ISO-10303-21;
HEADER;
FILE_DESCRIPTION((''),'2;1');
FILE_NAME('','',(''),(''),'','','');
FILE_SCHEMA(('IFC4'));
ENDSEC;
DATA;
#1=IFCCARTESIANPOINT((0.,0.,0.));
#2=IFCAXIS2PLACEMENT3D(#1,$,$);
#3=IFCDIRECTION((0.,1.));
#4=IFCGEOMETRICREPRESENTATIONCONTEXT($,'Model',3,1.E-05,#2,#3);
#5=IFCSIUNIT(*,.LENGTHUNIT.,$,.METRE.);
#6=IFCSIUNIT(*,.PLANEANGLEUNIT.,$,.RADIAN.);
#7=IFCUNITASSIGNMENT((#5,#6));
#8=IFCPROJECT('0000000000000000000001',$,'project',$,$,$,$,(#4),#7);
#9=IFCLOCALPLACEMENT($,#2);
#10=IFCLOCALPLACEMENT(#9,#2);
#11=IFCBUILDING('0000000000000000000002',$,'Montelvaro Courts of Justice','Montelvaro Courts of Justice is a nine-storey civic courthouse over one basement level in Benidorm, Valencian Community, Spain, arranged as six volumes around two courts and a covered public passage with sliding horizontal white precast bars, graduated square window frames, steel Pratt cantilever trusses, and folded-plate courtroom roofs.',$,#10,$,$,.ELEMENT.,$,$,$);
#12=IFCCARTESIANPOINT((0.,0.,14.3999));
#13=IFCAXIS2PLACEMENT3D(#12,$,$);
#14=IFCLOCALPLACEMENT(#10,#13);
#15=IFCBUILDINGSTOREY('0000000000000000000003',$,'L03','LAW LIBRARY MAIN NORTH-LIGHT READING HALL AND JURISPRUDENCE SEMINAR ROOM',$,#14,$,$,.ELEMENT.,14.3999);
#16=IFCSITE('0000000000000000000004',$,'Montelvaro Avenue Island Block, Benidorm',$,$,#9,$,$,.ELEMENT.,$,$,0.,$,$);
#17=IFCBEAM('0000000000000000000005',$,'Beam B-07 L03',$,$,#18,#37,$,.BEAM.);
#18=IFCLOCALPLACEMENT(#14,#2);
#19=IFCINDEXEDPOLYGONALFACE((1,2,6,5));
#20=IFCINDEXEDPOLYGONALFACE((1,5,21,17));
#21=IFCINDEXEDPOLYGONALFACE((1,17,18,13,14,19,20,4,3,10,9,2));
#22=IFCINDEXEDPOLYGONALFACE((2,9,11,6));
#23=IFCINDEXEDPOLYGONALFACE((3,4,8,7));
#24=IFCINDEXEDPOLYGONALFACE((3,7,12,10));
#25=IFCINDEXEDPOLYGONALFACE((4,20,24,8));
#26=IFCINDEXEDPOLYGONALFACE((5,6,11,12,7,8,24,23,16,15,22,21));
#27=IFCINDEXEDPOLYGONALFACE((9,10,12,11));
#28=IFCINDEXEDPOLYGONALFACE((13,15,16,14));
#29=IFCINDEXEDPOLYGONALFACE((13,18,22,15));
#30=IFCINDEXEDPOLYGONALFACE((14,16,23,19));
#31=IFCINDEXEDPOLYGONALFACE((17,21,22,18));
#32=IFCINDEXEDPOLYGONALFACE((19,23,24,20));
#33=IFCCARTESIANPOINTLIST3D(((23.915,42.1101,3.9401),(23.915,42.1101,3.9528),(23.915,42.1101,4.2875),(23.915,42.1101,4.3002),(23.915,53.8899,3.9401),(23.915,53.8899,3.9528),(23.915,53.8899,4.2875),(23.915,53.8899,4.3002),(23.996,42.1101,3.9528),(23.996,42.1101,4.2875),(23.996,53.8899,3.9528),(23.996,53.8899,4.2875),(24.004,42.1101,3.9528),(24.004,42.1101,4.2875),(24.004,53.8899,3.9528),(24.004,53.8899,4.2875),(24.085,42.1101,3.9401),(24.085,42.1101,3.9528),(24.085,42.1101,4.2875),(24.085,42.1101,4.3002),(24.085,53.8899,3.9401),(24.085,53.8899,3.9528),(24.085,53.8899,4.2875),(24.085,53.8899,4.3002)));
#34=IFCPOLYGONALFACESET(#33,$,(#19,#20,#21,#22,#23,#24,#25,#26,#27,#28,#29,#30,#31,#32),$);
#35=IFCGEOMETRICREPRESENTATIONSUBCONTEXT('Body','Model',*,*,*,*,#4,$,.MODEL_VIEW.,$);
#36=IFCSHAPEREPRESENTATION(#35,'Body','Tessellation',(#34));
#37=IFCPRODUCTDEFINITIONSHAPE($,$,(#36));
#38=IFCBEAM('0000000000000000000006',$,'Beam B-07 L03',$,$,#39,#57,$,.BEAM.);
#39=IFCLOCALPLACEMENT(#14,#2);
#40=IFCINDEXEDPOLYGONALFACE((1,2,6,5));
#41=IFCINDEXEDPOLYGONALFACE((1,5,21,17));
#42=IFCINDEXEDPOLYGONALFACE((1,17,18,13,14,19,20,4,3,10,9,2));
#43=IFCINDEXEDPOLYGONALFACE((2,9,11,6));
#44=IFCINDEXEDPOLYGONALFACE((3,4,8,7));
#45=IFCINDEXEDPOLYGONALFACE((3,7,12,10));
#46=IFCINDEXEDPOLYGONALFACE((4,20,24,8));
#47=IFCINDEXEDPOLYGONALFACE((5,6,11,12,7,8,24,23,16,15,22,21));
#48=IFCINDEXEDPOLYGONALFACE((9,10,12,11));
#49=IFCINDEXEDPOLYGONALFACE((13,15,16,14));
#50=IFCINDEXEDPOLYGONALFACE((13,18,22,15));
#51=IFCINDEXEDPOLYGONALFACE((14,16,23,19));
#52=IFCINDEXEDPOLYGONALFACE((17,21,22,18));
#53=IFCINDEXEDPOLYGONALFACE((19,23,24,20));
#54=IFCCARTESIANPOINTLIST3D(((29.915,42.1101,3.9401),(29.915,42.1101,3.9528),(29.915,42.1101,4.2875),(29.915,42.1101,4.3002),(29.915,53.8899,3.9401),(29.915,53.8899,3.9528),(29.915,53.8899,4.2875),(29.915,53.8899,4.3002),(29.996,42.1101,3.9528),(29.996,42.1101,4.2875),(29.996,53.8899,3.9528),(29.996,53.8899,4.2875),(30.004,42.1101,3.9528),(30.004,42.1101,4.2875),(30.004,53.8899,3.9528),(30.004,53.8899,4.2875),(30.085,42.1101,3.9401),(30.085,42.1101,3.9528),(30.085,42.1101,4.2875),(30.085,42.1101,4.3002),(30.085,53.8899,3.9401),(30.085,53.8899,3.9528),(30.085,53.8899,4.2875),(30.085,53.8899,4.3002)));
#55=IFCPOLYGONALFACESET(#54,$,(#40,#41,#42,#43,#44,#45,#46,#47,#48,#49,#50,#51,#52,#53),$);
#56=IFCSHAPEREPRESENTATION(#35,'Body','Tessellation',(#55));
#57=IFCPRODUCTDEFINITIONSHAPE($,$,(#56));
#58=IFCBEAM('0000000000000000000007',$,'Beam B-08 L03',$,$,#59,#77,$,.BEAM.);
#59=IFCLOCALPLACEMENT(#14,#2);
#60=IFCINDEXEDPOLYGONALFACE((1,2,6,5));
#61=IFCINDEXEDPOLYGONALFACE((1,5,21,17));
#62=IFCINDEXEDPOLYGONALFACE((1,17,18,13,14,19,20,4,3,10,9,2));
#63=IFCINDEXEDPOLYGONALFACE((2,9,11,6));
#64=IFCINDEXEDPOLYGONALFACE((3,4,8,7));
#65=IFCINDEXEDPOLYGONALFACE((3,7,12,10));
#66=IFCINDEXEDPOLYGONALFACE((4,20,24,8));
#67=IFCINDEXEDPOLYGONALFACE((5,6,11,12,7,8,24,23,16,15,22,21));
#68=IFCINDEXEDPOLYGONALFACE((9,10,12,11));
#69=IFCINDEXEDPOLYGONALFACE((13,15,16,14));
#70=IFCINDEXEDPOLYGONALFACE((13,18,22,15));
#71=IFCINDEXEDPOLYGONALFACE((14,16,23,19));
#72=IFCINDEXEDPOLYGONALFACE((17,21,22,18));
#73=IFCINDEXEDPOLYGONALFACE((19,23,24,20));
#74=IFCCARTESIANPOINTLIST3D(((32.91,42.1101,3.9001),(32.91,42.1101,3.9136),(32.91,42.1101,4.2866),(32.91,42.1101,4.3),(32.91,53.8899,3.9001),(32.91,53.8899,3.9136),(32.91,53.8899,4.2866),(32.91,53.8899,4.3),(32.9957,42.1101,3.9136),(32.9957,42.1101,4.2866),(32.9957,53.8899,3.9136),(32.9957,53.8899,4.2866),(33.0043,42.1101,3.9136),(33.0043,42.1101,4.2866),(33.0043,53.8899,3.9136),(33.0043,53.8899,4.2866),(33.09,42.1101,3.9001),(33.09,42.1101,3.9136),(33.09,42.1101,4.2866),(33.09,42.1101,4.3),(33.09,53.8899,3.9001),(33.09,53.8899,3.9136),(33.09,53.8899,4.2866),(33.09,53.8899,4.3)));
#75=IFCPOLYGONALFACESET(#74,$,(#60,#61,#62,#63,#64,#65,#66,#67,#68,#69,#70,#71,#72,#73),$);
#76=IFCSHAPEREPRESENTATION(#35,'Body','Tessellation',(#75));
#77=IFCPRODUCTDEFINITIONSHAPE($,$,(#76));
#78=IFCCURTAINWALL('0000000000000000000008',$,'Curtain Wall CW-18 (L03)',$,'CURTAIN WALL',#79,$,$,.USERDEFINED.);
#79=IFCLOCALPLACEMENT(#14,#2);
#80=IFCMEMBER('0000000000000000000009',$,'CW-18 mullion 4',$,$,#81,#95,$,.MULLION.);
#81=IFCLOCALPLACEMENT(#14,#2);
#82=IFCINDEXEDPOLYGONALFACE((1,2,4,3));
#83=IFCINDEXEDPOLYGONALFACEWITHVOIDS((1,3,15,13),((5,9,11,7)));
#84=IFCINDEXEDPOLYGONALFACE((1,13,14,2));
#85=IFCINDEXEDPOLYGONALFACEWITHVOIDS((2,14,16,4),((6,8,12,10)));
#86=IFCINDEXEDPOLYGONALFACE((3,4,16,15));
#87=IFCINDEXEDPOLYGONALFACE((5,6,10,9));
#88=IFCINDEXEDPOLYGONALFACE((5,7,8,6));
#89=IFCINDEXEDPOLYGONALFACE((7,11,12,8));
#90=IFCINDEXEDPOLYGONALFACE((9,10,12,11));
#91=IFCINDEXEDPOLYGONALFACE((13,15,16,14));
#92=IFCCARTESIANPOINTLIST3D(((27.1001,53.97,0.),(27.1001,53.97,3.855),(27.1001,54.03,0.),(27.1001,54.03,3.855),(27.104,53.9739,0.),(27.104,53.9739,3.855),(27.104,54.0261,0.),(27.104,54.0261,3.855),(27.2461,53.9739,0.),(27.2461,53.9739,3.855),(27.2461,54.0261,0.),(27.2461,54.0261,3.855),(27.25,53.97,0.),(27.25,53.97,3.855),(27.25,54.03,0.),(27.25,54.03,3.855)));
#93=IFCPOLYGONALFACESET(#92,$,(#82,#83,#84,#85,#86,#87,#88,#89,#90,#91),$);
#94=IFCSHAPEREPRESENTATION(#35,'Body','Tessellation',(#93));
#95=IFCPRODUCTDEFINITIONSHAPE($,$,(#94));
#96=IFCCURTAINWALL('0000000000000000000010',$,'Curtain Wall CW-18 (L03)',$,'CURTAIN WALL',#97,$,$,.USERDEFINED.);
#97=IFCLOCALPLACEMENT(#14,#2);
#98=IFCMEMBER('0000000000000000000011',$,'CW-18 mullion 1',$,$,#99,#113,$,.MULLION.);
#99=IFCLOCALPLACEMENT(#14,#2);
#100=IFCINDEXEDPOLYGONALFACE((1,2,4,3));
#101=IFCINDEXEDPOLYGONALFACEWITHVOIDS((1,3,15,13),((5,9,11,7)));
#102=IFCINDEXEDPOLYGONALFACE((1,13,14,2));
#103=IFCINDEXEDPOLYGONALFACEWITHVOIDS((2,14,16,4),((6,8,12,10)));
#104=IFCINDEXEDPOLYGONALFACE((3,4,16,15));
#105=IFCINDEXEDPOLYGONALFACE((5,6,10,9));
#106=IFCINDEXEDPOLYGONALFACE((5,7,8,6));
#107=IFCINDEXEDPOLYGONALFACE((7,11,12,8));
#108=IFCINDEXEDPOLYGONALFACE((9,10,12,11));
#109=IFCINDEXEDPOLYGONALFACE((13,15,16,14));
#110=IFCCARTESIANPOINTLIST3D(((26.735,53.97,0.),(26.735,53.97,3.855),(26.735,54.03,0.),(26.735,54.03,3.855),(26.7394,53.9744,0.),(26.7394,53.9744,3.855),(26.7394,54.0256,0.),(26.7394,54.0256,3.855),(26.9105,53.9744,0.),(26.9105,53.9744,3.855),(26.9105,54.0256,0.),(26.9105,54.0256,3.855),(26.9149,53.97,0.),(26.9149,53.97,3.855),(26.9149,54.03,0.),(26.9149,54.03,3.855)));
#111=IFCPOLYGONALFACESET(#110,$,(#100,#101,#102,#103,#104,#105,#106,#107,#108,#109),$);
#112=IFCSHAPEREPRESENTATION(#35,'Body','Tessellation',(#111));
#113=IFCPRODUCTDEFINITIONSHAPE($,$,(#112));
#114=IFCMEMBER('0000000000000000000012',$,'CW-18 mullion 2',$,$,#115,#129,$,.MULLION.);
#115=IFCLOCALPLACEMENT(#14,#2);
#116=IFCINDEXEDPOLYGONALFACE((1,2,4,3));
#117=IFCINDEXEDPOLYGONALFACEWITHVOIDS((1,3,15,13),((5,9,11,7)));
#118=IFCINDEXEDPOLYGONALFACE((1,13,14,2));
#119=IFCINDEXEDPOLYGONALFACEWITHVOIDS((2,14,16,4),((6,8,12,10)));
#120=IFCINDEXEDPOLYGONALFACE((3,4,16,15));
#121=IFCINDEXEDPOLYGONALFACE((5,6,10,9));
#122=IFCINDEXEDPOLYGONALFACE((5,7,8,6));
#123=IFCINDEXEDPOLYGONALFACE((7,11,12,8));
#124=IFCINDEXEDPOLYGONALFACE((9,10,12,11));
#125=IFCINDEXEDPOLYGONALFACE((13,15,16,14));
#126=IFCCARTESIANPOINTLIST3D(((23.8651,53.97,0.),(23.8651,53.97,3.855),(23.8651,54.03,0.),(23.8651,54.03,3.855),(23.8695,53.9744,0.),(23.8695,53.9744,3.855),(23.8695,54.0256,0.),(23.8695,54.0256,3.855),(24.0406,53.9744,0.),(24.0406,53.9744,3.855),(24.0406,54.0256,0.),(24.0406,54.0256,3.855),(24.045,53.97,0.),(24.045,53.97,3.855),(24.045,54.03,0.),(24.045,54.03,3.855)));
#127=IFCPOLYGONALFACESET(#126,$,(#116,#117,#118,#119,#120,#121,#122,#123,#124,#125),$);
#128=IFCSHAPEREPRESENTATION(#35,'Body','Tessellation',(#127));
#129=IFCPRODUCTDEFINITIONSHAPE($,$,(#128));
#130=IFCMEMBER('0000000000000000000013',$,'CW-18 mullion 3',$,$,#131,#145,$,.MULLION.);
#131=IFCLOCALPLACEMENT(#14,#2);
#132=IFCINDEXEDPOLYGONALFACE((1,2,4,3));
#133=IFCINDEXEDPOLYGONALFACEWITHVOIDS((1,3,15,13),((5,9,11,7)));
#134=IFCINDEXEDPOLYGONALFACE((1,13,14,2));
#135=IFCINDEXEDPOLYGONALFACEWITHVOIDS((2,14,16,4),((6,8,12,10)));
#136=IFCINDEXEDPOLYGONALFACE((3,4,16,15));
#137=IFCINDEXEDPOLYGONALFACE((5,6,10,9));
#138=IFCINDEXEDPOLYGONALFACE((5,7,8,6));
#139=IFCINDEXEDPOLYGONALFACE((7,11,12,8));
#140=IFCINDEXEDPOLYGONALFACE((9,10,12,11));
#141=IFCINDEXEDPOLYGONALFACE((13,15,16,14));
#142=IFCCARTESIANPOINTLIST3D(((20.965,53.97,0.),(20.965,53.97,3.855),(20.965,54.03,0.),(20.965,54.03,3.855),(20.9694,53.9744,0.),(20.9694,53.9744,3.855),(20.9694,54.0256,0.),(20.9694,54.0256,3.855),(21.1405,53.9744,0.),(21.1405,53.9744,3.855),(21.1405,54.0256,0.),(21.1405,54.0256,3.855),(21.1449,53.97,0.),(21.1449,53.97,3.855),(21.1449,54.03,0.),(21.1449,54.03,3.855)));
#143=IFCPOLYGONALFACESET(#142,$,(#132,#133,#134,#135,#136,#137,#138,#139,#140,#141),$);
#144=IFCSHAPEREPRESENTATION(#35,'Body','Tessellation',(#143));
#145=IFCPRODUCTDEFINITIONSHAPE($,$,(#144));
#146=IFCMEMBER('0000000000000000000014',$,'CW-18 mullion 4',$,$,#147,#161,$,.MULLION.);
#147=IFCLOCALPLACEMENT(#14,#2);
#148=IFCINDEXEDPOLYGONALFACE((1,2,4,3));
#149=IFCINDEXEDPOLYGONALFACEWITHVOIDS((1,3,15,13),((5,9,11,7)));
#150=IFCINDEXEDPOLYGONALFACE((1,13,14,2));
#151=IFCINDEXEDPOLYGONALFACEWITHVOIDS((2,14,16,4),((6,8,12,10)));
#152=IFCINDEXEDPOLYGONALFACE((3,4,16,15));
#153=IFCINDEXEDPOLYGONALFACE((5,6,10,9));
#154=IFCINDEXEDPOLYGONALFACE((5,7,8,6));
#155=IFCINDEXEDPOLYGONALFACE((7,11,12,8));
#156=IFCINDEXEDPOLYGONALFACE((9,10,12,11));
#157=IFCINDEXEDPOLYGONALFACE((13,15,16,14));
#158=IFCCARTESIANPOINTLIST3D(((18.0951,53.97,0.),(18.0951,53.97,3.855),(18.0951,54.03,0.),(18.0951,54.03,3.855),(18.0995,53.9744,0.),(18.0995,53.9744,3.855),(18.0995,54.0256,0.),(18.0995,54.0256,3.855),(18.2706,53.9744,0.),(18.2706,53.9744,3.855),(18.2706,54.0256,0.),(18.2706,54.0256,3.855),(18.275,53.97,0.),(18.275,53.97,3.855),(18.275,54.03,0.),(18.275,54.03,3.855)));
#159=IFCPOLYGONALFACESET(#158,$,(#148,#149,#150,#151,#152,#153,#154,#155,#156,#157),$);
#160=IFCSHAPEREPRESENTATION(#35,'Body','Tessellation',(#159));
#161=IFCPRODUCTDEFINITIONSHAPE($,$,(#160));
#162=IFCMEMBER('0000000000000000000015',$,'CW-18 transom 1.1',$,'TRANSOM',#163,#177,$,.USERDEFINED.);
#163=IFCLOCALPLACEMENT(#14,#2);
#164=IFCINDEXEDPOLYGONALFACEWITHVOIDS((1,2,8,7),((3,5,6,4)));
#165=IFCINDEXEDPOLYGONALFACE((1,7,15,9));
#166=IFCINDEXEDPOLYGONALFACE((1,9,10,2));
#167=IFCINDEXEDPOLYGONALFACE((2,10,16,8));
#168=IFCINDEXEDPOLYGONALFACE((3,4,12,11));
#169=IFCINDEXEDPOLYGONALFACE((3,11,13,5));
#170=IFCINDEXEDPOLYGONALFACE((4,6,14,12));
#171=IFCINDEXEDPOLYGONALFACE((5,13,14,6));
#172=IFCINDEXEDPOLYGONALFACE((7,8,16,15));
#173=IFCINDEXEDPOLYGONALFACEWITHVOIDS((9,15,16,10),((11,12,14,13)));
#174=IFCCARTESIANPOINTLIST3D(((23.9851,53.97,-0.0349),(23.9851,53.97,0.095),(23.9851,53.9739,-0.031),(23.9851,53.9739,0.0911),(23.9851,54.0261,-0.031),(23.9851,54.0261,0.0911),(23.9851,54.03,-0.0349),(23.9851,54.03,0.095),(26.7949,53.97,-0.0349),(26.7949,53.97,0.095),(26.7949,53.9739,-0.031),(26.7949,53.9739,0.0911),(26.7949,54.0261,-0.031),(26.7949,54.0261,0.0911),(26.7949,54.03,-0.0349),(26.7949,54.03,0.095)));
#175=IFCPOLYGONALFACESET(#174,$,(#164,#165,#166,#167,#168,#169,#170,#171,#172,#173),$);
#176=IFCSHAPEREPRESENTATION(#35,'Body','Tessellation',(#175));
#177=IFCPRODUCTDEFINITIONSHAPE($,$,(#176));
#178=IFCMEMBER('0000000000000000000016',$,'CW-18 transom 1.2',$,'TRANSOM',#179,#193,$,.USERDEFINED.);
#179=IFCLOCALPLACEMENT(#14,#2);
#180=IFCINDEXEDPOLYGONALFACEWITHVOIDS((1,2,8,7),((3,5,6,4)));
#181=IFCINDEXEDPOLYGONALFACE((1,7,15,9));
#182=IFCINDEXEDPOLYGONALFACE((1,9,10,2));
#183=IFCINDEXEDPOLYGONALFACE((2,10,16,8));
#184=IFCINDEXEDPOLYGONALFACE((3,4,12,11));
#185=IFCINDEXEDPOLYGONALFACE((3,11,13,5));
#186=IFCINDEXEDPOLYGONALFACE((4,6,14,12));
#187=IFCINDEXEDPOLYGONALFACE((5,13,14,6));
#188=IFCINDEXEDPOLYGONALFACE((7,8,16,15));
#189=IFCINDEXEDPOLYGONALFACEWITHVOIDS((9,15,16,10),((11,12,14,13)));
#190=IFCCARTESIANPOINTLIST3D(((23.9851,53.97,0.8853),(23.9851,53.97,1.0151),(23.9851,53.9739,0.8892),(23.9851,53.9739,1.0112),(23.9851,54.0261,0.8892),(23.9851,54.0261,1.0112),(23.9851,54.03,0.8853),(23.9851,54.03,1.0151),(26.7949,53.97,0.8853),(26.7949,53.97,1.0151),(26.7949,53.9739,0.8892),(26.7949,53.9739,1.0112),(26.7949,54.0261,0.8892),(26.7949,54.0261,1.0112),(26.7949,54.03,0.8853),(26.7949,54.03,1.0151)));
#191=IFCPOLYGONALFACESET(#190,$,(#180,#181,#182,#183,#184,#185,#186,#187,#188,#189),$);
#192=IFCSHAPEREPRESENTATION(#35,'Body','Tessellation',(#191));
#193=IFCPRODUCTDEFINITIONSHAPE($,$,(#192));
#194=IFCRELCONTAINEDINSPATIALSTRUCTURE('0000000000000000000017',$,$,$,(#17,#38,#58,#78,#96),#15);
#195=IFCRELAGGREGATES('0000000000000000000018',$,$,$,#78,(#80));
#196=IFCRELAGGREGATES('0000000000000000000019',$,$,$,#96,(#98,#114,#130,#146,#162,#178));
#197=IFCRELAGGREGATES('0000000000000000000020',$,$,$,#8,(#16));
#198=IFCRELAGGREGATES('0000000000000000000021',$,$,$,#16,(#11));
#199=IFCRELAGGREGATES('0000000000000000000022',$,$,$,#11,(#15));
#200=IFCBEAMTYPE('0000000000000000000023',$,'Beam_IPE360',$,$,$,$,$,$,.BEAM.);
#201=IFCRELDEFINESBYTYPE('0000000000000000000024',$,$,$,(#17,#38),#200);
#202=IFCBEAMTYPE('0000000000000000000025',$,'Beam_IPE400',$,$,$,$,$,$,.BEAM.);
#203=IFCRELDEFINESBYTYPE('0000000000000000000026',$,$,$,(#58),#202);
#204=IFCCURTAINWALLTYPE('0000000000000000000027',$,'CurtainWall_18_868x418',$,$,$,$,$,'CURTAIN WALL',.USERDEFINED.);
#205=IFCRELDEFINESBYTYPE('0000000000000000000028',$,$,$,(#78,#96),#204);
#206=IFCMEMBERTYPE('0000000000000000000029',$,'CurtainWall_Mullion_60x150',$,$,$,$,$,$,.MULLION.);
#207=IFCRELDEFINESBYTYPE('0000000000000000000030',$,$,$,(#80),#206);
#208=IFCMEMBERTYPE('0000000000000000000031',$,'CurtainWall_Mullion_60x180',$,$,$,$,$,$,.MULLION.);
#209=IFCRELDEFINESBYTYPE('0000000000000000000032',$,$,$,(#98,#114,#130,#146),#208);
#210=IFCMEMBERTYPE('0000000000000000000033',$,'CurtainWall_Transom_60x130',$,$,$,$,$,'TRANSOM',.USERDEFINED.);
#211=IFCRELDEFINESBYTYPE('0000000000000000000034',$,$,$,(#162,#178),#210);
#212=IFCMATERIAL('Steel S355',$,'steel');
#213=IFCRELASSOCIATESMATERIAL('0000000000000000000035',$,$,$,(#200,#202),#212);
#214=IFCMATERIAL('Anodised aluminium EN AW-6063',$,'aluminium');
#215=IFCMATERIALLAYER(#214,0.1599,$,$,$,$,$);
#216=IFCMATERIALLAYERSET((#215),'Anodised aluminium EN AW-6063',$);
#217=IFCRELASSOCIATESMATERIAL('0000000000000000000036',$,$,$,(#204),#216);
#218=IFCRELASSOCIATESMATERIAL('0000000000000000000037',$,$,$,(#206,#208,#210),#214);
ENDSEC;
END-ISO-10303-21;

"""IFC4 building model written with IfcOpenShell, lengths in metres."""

from ifc_helpers import new_model, si_unit, direction, frame, origin, origin_2d, place, context, subcontext, project, spatial, hollow_rectangle, i_section, extrude, material, layer, layer_set, material_profile, profile_set, type_object, element, aggregate, save


model = new_model("IFC4")

# Units and contexts
model_context = context("Model", 3, precision=1e-05, world=origin(), true_north=direction((0.0, 1.0)))
body_context = subcontext(model_context, "Body", "Model", "MODEL_VIEW")
ifc_project = project(units=[si_unit("LENGTHUNIT", "METRE"), si_unit("PLANEANGLEUNIT", "RADIAN")], contexts=[model_context])

# Site, building, storey
site_placement = place(None, origin())
site = spatial("IfcSite", under=ifc_project, at=site_placement, Name="Montelvaro Avenue Island Block, Benidorm", CompositionType="ELEMENT", RefElevation=0.0)
building_placement = place(site_placement, origin())
building = spatial("IfcBuilding", under=site, at=building_placement, Name="Montelvaro Courts of Justice", Description="Montelvaro Courts of Justice is a nine-storey civic courthouse over one basement level in Benidorm, Valencian Community, Spain, arranged as six volumes around two courts and a covered public passage with sliding horizontal white precast bars, graduated square window frames, steel Pratt cantilever trusses, and folded-plate courtroom roofs.", CompositionType="ELEMENT")
storey_placement = place(building_placement, frame((0.0, 0.0, 14.3999)))
storey = spatial("IfcBuildingStorey", under=building, at=storey_placement, Name="L03", Description="LAW LIBRARY MAIN NORTH-LIGHT READING HALL AND JURISPRUDENCE SEMINAR ROOM", CompositionType="ELEMENT", Elevation=14.3999)

# Shared definitions
ifc_material_1 = material(Name="Steel S355", Category="steel")

# Beams
ifc_material_profile_1 = material_profile(ifc_material_1, i_section(OverallWidth=0.1699, OverallDepth=0.3601, WebThickness=0.0081, FlangeThickness=0.0127, at=origin_2d()), Name="IPE 360")
ifc_profile_set_1 = profile_set([ifc_material_profile_1], Name="Steel S355")
beam_type_1 = type_object("IfcBeamType", Name="Beam_IPE360", PredefinedType="BEAM", material=ifc_profile_set_1)
for number, where, z_axis, x_axis, name in (
    (1, (24.0, 42.1101, 4.1201), (0.0, 1.0, 0.0), (-1.0, 0.0, 0.0), "Beam B-07 L03"),
    (2, (30.0, 42.1101, 4.1201), (0.0, 1.0, 0.0), (-1.0, 0.0, 0.0), "Beam B-07 L03"),
):
    element("IfcBeam", number, at=place(storey_placement, frame(where, z_axis=z_axis, x_axis=x_axis)), inside=storey, type_object=beam_type_1, Name=name, PredefinedType="BEAM", context=body_context, shape_type="SweptSolid", body=[
        extrude(i_section(OverallWidth=0.1699, OverallDepth=0.3601, WebThickness=0.0081, FlangeThickness=0.0127, at=origin_2d()), origin(), (0.0, 0.0, 1.0), 11.7798),
    ])
ifc_material_profile_2 = material_profile(ifc_material_1, i_section(OverallWidth=0.1799, OverallDepth=0.3999, WebThickness=0.0085, FlangeThickness=0.0134, at=origin_2d()), Name="IPE 400")
ifc_profile_set_2 = profile_set([ifc_material_profile_2], Name="Steel S355")
beam_type_2 = type_object("IfcBeamType", Name="Beam_IPE400", PredefinedType="BEAM", material=ifc_profile_set_2)
beam_1_placement = place(storey_placement, frame((33.0, 42.1101, 4.1001), z_axis=(0.0, 1.0, 0.0), x_axis=(-1.0, 0.0, 0.0)))
element("IfcBeam", 3, at=beam_1_placement, inside=storey, type_object=beam_type_2, Name="Beam B-08 L03", PredefinedType="BEAM", context=body_context, shape_type="SweptSolid", body=[
    extrude(i_section(OverallWidth=0.1799, OverallDepth=0.3999, WebThickness=0.0085, FlangeThickness=0.0134, at=origin_2d()), origin(), (0.0, 0.0, 1.0), 11.7798),
])

# Curtain wall, member
ifc_material_2 = material(Name="Anodised aluminium EN AW-6063", Category="aluminium")
ifc_layer_1 = layer(ifc_material_2, 0.1599)
ifc_layer_set_1 = layer_set([ifc_layer_1], Name="Anodised aluminium EN AW-6063")
curtain_wall_type = type_object("IfcCurtainWallType", Name="CurtainWall_18_868x418", ElementType="CURTAIN WALL", PredefinedType="USERDEFINED", material=ifc_layer_set_1)
curtain_wall_1_placement = place(storey_placement, origin())
curtain_wall_1 = element("IfcCurtainWall", 4, at=curtain_wall_1_placement, inside=storey, type_object=curtain_wall_type, Name="Curtain Wall CW-18 (L03)", ObjectType="CURTAIN WALL", PredefinedType="USERDEFINED")
ifc_material_profile_3 = material_profile(ifc_material_2, hollow_rectangle(XDim=0.0601, YDim=0.1499, WallThickness=0.0039, at=origin_2d()), Name="ALU-M 60x150")
ifc_profile_set_3 = profile_set([ifc_material_profile_3], Name="Anodised aluminium EN AW-6063")
member_type_1 = type_object("IfcMemberType", Name="CurtainWall_Mullion_60x150", PredefinedType="MULLION", material=ifc_profile_set_3)
member_1_placement = place(storey_placement, frame((27.175, 54.0, 0.0), z_axis=(0.0, 0.0, 1.0), x_axis=(0.0, -1.0, 0.0)))
member_1 = element("IfcMember", 5, at=member_1_placement, type_object=member_type_1, Name="CW-18 mullion 4", PredefinedType="MULLION", context=body_context, shape_type="SweptSolid", body=[
    extrude(hollow_rectangle(XDim=0.0601, YDim=0.1499, WallThickness=0.0039, at=origin_2d()), origin(), (0.0, 0.0, 1.0), 3.855),
])

# Curtain wall, members
curtain_wall_2_placement = place(storey_placement, origin())
curtain_wall_2 = element("IfcCurtainWall", 6, at=curtain_wall_2_placement, inside=storey, type_object=curtain_wall_type, Name="Curtain Wall CW-18 (L03)", ObjectType="CURTAIN WALL", PredefinedType="USERDEFINED")
ifc_material_profile_4 = material_profile(ifc_material_2, hollow_rectangle(XDim=0.0601, YDim=0.1799, WallThickness=0.0044, at=origin_2d()), Name="ALU-M 60x180")
ifc_profile_set_4 = profile_set([ifc_material_profile_4], Name="Anodised aluminium EN AW-6063")
member_type_2 = type_object("IfcMemberType", Name="CurtainWall_Mullion_60x180", PredefinedType="MULLION", material=ifc_profile_set_4)
member_2_placement = place(storey_placement, frame((26.825, 54.0, 0.0), z_axis=(0.0, 0.0, 1.0), x_axis=(0.0, -1.0, 0.0)))
member_2 = element("IfcMember", 7, at=member_2_placement, type_object=member_type_2, Name="CW-18 mullion 1", PredefinedType="MULLION", context=body_context, shape_type="SweptSolid", body=[
    extrude(hollow_rectangle(XDim=0.0601, YDim=0.1799, WallThickness=0.0044, at=origin_2d()), origin(), (0.0, 0.0, 1.0), 3.855),
])
member_3_placement = place(storey_placement, frame((23.9551, 54.0, 0.0), z_axis=(0.0, 0.0, 1.0), x_axis=(0.0, -1.0, 0.0)))
member_3 = element("IfcMember", 8, at=member_3_placement, type_object=member_type_2, Name="CW-18 mullion 2", PredefinedType="MULLION", context=body_context, shape_type="SweptSolid", body=[
    extrude(hollow_rectangle(XDim=0.0601, YDim=0.1799, WallThickness=0.0044, at=origin_2d()), origin(), (0.0, 0.0, 1.0), 3.855),
])
member_4_placement = place(storey_placement, frame((21.0549, 54.0, 0.0), z_axis=(0.0, 0.0, 1.0), x_axis=(0.0, -1.0, 0.0)))
member_4 = element("IfcMember", 9, at=member_4_placement, type_object=member_type_2, Name="CW-18 mullion 3", PredefinedType="MULLION", context=body_context, shape_type="SweptSolid", body=[
    extrude(hollow_rectangle(XDim=0.0601, YDim=0.1799, WallThickness=0.0044, at=origin_2d()), origin(), (0.0, 0.0, 1.0), 3.855),
])
member_5_placement = place(storey_placement, frame((18.1851, 54.0, 0.0), z_axis=(0.0, 0.0, 1.0), x_axis=(0.0, -1.0, 0.0)))
member_5 = element("IfcMember", 10, at=member_5_placement, type_object=member_type_2, Name="CW-18 mullion 4", PredefinedType="MULLION", context=body_context, shape_type="SweptSolid", body=[
    extrude(hollow_rectangle(XDim=0.0601, YDim=0.1799, WallThickness=0.0044, at=origin_2d()), origin(), (0.0, 0.0, 1.0), 3.855),
])
ifc_material_profile_5 = material_profile(ifc_material_2, hollow_rectangle(XDim=0.0601, YDim=0.1299, WallThickness=0.0039, at=origin_2d()), Name="ALU-T 60x130")
ifc_profile_set_5 = profile_set([ifc_material_profile_5], Name="Anodised aluminium EN AW-6063")
member_type_3 = type_object("IfcMemberType", Name="CurtainWall_Transom_60x130", ElementType="TRANSOM", PredefinedType="USERDEFINED", material=ifc_profile_set_5)
member_6_placement = place(storey_placement, frame((26.7949, 54.0, 0.03), z_axis=(-1.0, 0.0, 0.0), x_axis=(0.0, -1.0, 0.0)))
member_6 = element("IfcMember", 11, at=member_6_placement, type_object=member_type_3, Name="CW-18 transom 1.1", ObjectType="TRANSOM", PredefinedType="USERDEFINED", context=body_context, shape_type="SweptSolid", body=[
    extrude(hollow_rectangle(XDim=0.0601, YDim=0.1299, WallThickness=0.0039, at=origin_2d()), origin(), (0.0, 0.0, 1.0), 2.8098),
])
member_7_placement = place(storey_placement, frame((26.7949, 54.0, 0.9502), z_axis=(-1.0, 0.0, 0.0), x_axis=(0.0, -1.0, 0.0)))
member_7 = element("IfcMember", 12, at=member_7_placement, type_object=member_type_3, Name="CW-18 transom 1.2", ObjectType="TRANSOM", PredefinedType="USERDEFINED", context=body_context, shape_type="SweptSolid", body=[
    extrude(hollow_rectangle(XDim=0.0601, YDim=0.1299, WallThickness=0.0039, at=origin_2d()), origin(), (0.0, 0.0, 1.0), 2.8098),
])

aggregate(curtain_wall_1, [member_1])
aggregate(curtain_wall_2, [member_2, member_3, member_4, member_5, member_6, member_7])

save(model, "model.ifc")
